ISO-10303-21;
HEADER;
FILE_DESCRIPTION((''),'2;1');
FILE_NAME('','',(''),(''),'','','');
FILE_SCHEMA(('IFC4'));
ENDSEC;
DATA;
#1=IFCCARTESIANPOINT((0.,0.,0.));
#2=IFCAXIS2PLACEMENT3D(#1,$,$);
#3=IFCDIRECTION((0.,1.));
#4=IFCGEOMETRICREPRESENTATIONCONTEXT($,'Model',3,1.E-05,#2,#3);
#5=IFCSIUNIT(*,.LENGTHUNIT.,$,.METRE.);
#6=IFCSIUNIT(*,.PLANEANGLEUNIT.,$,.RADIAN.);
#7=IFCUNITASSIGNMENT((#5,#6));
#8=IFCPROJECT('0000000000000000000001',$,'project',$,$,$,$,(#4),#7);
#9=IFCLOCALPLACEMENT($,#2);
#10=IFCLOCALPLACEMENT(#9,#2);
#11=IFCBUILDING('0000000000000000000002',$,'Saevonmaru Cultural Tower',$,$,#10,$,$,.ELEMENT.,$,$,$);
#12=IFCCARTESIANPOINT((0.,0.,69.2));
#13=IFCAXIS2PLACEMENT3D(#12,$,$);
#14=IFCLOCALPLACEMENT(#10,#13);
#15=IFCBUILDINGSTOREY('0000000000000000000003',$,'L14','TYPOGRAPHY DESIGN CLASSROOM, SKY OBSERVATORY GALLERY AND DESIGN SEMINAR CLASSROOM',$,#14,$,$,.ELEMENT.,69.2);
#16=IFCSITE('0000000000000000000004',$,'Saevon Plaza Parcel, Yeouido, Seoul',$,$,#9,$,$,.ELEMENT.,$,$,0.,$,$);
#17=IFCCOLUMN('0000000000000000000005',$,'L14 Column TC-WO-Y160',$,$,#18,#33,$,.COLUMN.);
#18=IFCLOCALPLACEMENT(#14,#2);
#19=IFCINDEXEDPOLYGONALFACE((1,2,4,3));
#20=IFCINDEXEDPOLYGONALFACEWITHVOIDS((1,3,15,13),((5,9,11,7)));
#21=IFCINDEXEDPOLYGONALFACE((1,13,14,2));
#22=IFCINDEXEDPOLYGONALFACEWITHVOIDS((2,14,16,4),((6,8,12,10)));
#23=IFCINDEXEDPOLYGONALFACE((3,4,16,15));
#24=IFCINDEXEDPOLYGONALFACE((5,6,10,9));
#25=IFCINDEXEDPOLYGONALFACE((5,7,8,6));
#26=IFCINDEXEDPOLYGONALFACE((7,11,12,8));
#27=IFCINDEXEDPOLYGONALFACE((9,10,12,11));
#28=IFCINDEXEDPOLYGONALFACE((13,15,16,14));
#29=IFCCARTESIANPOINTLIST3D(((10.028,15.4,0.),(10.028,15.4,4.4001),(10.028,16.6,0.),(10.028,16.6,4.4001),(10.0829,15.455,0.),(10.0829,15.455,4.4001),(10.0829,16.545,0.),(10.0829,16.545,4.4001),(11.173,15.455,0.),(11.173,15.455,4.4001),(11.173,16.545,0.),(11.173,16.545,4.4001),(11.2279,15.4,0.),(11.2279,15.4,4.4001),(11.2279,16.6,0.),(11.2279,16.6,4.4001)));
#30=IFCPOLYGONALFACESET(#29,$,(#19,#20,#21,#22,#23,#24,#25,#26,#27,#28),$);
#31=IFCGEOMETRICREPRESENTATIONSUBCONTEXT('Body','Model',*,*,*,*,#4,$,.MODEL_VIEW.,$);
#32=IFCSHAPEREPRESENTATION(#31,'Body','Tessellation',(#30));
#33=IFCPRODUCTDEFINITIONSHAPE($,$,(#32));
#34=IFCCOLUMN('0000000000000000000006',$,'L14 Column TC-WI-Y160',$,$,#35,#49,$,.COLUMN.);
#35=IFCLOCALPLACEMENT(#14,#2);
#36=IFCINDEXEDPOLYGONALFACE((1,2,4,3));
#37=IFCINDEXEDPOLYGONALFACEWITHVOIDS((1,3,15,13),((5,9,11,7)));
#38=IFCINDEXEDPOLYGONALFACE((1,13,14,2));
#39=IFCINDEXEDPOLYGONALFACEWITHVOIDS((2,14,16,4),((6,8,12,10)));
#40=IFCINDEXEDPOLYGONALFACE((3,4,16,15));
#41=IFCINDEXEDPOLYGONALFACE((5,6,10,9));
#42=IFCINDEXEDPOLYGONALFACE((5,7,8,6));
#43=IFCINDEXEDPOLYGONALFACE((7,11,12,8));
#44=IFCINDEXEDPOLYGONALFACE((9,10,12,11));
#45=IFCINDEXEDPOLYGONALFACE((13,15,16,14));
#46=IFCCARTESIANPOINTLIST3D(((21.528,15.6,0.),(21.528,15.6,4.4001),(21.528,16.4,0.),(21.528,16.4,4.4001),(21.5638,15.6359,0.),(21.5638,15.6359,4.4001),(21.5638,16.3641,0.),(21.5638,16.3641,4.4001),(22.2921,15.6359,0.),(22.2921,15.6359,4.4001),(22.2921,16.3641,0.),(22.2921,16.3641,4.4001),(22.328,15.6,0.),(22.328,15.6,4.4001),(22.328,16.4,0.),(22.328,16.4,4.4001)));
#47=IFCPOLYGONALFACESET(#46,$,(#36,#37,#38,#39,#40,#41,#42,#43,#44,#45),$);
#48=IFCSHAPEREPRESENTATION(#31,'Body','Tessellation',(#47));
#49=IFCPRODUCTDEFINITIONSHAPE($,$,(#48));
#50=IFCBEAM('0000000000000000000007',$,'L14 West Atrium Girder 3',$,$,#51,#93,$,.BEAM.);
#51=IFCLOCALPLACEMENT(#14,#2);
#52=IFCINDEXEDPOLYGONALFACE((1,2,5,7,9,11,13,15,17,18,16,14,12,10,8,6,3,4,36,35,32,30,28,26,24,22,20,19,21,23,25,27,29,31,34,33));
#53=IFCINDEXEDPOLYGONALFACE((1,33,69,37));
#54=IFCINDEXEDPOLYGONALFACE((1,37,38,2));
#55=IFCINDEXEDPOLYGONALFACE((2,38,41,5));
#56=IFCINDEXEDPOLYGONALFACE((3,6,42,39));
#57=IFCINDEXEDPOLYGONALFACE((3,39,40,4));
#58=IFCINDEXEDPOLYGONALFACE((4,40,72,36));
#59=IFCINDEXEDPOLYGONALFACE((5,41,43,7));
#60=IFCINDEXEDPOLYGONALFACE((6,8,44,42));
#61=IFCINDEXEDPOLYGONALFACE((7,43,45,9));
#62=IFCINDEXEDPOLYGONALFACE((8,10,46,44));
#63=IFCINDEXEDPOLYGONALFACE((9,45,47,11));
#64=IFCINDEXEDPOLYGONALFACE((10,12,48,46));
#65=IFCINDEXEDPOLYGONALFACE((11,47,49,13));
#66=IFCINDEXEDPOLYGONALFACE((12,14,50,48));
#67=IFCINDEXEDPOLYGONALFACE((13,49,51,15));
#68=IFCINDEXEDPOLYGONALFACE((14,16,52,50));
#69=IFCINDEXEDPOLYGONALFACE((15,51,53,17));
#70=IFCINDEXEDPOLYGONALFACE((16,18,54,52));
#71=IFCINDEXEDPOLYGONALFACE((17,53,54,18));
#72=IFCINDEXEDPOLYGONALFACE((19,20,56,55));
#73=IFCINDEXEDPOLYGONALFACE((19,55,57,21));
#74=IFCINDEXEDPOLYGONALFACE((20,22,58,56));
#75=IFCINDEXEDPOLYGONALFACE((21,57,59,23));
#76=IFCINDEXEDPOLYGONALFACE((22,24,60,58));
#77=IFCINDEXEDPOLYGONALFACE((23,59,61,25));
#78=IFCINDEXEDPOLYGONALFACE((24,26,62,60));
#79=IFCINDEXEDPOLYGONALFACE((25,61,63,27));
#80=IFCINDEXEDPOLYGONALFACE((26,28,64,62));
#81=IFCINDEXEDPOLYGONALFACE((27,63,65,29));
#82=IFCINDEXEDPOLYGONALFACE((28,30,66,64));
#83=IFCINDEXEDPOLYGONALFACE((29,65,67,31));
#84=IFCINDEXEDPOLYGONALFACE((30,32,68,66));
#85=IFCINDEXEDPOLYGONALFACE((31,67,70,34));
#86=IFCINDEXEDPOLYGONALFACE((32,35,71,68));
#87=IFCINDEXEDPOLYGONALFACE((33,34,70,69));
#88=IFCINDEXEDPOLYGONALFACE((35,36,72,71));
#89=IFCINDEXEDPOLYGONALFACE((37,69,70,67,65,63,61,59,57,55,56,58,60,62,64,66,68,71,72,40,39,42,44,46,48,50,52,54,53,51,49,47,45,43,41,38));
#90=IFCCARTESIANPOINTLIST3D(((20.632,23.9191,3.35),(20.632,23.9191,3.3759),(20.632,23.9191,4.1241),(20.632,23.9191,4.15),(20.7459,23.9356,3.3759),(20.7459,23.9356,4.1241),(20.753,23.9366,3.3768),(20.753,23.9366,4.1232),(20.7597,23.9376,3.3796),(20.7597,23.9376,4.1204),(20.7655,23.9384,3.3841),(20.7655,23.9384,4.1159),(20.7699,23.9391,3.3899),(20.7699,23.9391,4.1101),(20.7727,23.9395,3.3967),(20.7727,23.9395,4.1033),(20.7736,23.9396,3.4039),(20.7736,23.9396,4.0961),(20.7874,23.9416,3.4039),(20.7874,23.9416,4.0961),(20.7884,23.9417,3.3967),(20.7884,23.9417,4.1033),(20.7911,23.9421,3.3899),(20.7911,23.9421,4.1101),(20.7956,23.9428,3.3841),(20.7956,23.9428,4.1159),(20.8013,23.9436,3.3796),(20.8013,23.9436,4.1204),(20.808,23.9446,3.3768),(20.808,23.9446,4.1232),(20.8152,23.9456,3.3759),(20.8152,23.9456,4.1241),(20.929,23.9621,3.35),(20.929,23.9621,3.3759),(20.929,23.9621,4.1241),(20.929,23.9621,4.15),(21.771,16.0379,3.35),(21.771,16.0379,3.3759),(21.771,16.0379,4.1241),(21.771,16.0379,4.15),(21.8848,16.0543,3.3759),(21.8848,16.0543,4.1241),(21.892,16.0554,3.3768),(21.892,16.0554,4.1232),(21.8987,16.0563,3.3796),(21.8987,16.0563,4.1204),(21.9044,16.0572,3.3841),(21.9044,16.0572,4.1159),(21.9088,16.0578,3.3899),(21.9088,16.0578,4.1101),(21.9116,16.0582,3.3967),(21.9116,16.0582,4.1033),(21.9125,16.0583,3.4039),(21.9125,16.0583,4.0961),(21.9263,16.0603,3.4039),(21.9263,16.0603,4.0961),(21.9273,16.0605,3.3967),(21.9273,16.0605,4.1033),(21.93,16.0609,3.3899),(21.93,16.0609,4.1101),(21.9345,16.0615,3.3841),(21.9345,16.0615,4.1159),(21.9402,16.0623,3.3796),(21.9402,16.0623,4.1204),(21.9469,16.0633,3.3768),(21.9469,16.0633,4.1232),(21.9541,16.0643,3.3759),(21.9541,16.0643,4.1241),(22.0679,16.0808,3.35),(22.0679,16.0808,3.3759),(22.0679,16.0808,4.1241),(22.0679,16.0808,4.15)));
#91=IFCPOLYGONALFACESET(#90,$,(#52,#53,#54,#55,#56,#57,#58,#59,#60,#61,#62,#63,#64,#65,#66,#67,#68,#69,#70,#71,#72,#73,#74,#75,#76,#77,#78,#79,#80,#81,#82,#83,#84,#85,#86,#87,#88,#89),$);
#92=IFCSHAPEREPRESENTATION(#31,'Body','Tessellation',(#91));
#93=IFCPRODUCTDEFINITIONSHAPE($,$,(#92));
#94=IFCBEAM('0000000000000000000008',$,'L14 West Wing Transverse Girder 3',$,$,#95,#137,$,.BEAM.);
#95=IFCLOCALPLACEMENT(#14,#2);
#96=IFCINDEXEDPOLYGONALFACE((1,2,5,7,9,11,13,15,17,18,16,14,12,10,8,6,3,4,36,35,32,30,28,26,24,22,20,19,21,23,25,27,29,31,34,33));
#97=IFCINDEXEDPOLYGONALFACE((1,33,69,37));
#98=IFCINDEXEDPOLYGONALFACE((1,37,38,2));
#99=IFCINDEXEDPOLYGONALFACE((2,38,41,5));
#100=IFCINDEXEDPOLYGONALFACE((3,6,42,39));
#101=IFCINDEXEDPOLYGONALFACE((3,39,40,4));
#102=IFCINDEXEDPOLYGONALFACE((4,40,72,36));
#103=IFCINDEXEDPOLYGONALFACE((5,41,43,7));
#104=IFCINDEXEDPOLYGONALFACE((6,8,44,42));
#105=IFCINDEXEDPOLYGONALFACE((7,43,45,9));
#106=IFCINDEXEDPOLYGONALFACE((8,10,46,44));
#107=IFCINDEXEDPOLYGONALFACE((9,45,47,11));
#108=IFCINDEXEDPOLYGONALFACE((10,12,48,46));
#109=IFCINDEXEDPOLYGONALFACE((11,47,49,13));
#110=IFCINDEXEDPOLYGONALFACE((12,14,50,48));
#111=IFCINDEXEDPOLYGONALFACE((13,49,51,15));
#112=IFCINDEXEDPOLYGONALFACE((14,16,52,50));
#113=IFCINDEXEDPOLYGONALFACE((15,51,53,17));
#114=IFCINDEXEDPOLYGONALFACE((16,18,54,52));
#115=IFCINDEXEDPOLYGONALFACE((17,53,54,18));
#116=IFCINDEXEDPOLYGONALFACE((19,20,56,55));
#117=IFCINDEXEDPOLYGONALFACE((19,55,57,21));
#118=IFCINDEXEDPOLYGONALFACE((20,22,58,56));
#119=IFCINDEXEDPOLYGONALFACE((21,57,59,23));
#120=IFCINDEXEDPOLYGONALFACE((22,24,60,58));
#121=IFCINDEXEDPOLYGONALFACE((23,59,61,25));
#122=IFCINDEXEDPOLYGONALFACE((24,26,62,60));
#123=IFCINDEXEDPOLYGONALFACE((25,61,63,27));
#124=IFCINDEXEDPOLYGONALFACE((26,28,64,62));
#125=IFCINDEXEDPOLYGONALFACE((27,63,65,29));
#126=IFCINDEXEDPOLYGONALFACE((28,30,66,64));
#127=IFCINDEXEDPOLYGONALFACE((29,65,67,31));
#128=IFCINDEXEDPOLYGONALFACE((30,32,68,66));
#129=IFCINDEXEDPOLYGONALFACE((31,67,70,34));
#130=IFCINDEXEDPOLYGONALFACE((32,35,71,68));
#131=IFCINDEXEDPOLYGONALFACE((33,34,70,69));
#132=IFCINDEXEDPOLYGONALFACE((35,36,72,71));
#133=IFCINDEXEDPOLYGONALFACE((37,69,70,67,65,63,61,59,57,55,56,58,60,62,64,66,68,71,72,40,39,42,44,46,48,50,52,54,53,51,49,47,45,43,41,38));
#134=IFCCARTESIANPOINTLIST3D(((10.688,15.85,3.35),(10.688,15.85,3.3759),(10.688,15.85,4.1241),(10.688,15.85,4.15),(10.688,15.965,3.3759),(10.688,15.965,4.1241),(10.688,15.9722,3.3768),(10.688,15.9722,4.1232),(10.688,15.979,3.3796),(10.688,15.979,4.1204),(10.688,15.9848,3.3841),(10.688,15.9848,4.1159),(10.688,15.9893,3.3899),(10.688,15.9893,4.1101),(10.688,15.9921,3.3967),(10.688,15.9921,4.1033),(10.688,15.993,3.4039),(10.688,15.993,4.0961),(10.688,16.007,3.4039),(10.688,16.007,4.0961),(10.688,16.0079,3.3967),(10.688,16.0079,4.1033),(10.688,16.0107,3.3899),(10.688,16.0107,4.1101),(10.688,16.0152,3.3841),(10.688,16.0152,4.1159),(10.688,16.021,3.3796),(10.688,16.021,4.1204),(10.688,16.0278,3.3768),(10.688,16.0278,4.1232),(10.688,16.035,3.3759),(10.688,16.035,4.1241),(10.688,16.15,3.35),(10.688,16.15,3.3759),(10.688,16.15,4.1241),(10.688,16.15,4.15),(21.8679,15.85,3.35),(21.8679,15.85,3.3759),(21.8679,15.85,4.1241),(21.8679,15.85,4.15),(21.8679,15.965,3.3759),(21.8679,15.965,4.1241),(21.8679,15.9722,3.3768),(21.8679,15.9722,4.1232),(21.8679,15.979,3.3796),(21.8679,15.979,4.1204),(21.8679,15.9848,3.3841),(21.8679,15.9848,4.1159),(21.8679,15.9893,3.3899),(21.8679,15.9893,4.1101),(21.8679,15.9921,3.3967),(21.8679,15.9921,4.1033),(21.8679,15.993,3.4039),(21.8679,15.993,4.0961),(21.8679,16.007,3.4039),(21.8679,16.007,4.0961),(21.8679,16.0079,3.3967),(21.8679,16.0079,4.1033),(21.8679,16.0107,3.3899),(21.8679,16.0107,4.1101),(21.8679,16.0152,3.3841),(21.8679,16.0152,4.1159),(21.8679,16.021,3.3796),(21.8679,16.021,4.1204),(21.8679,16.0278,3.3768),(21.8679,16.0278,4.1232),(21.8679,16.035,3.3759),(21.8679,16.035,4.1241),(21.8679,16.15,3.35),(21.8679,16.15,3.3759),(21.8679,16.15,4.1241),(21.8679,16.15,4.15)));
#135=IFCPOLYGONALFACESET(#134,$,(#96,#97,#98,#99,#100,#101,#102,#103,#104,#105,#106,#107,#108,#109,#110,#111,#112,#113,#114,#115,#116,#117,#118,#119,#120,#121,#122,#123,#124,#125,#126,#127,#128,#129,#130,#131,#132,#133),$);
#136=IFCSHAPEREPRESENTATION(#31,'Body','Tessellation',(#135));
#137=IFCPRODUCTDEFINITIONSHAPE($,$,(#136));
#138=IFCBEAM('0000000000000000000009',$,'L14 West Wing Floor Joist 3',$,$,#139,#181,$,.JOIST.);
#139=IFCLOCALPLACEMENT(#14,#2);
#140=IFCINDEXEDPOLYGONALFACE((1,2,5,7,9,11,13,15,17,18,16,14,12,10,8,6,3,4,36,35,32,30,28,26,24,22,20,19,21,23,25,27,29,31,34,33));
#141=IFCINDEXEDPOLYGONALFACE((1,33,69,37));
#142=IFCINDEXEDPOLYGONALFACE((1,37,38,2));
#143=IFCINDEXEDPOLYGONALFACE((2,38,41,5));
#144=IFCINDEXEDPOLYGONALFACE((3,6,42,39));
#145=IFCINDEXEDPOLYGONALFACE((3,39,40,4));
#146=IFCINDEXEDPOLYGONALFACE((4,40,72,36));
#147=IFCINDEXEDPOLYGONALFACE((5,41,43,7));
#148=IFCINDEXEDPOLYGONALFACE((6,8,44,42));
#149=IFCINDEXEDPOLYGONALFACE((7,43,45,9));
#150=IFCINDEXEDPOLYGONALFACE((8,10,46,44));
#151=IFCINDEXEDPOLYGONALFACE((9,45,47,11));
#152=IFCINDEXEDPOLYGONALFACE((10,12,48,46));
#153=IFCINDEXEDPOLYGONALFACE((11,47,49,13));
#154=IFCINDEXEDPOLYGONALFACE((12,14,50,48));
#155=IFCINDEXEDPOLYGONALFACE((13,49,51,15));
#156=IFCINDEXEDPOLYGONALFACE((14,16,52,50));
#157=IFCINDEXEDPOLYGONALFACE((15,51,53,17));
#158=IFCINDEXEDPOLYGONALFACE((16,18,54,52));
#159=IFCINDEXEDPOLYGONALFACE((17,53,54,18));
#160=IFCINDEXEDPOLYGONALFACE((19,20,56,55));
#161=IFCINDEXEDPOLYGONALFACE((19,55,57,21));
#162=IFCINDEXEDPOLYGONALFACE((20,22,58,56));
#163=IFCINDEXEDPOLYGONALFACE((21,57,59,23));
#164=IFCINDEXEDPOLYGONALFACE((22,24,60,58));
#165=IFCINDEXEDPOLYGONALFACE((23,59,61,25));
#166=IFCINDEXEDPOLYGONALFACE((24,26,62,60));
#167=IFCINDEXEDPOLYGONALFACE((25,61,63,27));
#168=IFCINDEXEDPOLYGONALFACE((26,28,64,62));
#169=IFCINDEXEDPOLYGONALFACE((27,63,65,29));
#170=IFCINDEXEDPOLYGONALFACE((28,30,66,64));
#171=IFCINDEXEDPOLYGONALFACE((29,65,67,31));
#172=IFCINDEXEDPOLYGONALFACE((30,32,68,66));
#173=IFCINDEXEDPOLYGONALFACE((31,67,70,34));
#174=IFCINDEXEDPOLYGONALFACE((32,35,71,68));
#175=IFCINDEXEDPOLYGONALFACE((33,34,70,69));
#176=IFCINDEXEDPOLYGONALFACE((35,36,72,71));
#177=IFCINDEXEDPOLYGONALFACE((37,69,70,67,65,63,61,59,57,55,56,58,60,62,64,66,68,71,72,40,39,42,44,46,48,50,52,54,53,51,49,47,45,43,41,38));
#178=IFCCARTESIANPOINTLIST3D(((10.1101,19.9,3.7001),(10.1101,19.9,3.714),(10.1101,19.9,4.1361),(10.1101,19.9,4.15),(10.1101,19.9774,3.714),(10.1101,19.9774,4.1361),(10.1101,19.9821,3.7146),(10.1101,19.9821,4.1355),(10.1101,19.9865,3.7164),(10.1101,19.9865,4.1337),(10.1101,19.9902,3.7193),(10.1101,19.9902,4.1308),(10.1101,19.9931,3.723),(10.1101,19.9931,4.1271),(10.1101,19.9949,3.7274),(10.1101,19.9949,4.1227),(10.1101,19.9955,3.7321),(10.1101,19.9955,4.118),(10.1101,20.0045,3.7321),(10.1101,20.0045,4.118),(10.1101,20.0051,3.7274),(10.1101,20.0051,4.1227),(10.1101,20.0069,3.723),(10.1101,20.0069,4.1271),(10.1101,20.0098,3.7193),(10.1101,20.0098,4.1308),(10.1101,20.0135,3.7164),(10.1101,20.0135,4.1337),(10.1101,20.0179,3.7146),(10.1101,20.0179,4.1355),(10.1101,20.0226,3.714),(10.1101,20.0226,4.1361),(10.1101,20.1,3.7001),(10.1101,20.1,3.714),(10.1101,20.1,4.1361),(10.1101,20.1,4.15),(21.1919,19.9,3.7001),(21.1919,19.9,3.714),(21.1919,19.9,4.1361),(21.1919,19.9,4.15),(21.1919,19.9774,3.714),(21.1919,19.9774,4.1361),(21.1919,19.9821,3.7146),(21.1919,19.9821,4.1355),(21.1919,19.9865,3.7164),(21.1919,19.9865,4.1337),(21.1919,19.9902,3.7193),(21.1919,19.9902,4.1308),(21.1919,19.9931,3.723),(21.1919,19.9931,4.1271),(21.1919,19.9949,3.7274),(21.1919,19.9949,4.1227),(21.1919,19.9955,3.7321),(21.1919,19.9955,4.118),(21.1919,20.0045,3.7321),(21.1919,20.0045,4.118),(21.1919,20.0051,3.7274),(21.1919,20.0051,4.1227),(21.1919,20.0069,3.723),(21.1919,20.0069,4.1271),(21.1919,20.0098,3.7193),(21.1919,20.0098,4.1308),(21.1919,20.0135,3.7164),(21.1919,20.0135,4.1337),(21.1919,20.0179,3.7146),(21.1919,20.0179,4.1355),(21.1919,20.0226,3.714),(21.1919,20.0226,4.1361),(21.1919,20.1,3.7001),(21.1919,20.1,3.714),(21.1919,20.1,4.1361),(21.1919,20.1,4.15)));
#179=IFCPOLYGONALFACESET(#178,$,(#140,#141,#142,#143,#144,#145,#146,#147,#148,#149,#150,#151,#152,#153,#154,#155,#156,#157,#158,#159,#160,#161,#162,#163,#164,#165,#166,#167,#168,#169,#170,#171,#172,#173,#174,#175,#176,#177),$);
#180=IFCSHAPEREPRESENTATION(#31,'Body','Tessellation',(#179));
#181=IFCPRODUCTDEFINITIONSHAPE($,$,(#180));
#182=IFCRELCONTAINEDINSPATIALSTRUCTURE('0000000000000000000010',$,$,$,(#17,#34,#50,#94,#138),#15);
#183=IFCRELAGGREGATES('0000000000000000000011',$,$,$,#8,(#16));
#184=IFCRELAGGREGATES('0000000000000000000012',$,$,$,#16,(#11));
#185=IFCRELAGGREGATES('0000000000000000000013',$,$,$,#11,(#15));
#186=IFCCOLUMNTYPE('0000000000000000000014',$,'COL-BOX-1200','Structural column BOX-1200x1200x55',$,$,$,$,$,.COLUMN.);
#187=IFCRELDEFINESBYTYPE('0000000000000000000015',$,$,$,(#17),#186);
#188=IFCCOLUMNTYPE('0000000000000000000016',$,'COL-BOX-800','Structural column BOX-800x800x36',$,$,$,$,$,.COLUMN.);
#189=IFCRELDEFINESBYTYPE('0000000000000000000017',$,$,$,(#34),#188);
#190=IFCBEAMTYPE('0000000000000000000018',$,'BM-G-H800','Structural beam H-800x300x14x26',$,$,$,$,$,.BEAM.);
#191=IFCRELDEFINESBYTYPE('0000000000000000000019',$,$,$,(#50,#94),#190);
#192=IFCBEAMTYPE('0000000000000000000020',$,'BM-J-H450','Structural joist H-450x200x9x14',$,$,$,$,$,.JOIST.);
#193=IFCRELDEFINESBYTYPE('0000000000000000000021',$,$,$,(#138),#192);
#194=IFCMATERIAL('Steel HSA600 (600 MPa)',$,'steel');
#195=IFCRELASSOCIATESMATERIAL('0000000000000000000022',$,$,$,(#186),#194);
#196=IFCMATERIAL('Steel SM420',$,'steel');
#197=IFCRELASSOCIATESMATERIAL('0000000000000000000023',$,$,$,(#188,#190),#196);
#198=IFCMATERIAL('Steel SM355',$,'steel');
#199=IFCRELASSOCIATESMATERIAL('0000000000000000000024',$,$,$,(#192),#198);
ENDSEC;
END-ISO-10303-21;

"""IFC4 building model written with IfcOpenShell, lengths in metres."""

from ifc_helpers import new_model, si_unit, direction, frame, origin, origin_2d, place, context, subcontext, project, spatial, hollow_rectangle, i_section, extrude, material, material_profile, profile_set, type_object, element, save


model = new_model("IFC4")

# Units and contexts
model_context = context("Model", 3, precision=1e-05, world=origin(), true_north=direction((0.0, 1.0)))
body_context = subcontext(model_context, "Body", "Model", "MODEL_VIEW")
ifc_project = project(units=[si_unit("LENGTHUNIT", "METRE"), si_unit("PLANEANGLEUNIT", "RADIAN")], contexts=[model_context])

# Site, building, storey
site_placement = place(None, origin())
site = spatial("IfcSite", under=ifc_project, at=site_placement, Name="Saevon Plaza Parcel, Yeouido, Seoul", CompositionType="ELEMENT", RefElevation=0.0)
building_placement = place(site_placement, origin())
building = spatial("IfcBuilding", under=site, at=building_placement, Name="Saevonmaru Cultural Tower", CompositionType="ELEMENT")
storey_placement = place(building_placement, frame((0.0, 0.0, 69.2)))
storey = spatial("IfcBuildingStorey", under=building, at=storey_placement, Name="L14", Description="TYPOGRAPHY DESIGN CLASSROOM, SKY OBSERVATORY GALLERY AND DESIGN SEMINAR CLASSROOM", CompositionType="ELEMENT", Elevation=69.2)

# Columns
ifc_material_1 = material(Name="Steel HSA600 (600 MPa)", Category="steel")
ifc_material_profile_1 = material_profile(ifc_material_1, hollow_rectangle(XDim=1.2, YDim=1.2, WallThickness=0.0549, at=origin_2d()), Name="BOX-1200x1200x55")
ifc_profile_set_1 = profile_set([ifc_material_profile_1], Name="Steel HSA600 (600 MPa)")
column_type_1 = type_object("IfcColumnType", Name="COL-BOX-1200", Description="Structural column BOX-1200x1200x55", PredefinedType="COLUMN", material=ifc_profile_set_1)
column_1_placement = place(storey_placement, frame((10.6279, 16.0, 0.0), z_axis=(0.0, 0.0, 1.0), x_axis=(1.0, 0.0, 0.0)))
element("IfcColumn", 1, at=column_1_placement, inside=storey, type_object=column_type_1, Name="L14 Column TC-WO-Y160", PredefinedType="COLUMN", context=body_context, shape_type="SweptSolid", body=[
    extrude(hollow_rectangle(XDim=1.2, YDim=1.2, WallThickness=0.0549, at=origin_2d()), origin(), (0.0, 0.0, 1.0), 4.4001),
])
ifc_material_2 = material(Name="Steel SM420", Category="steel")
ifc_material_profile_2 = material_profile(ifc_material_2, hollow_rectangle(XDim=0.8, YDim=0.8, WallThickness=0.0359, at=origin_2d()), Name="BOX-800x800x36")
ifc_profile_set_2 = profile_set([ifc_material_profile_2], Name="Steel SM420")
column_type_2 = type_object("IfcColumnType", Name="COL-BOX-800", Description="Structural column BOX-800x800x36", PredefinedType="COLUMN", material=ifc_profile_set_2)
column_2_placement = place(storey_placement, frame((21.928, 16.0, 0.0), z_axis=(0.0, 0.0, 1.0), x_axis=(1.0, 0.0, 0.0)))
element("IfcColumn", 2, at=column_2_placement, inside=storey, type_object=column_type_2, Name="L14 Column TC-WI-Y160", PredefinedType="COLUMN", context=body_context, shape_type="SweptSolid", body=[
    extrude(hollow_rectangle(XDim=0.8, YDim=0.8, WallThickness=0.0359, at=origin_2d()), origin(), (0.0, 0.0, 1.0), 4.4001),
])

# Beams
ifc_material_profile_3 = material_profile(ifc_material_2, i_section(OverallWidth=0.3, OverallDepth=0.8, WebThickness=0.0139, FlangeThickness=0.0259, FilletRadius=0.0281, at=origin_2d()), Name="H-800x300x14x26")
ifc_profile_set_3 = profile_set([ifc_material_profile_3], Name="Steel SM420")
beam_type_1 = type_object("IfcBeamType", Name="BM-G-H800", Description="Structural beam H-800x300x14x26", PredefinedType="BEAM", material=ifc_profile_set_3)
beam_1_placement = place(storey_placement, frame((21.9194, 16.0593, 3.75), z_axis=(-0.143022, 0.989719, 0.0), x_axis=(-0.989719, -0.143022, 0.0)))
element("IfcBeam", 3, at=beam_1_placement, inside=storey, type_object=beam_type_1, Name="L14 West Atrium Girder 3", PredefinedType="BEAM", context=body_context, shape_type="SweptSolid", body=[
    extrude(i_section(OverallWidth=0.3, OverallDepth=0.8, WebThickness=0.0139, FlangeThickness=0.0259, FilletRadius=0.0281, at=origin_2d()), origin(), (0.0, 0.0, 1.0), 7.9631),
])
beam_2_placement = place(storey_placement, frame((10.688, 16.0, 3.75), z_axis=(1.0, 0.0, 0.0), x_axis=(0.0, 1.0, 0.0)))
element("IfcBeam", 4, at=beam_2_placement, inside=storey, type_object=beam_type_1, Name="L14 West Wing Transverse Girder 3", PredefinedType="BEAM", context=body_context, shape_type="SweptSolid", body=[
    extrude(i_section(OverallWidth=0.3, OverallDepth=0.8, WebThickness=0.0139, FlangeThickness=0.0259, FilletRadius=0.0281, at=origin_2d()), origin(), (0.0, 0.0, 1.0), 11.1799),
])
ifc_material_3 = material(Name="Steel SM355", Category="steel")
ifc_material_profile_4 = material_profile(ifc_material_3, i_section(OverallWidth=0.2, OverallDepth=0.45, WebThickness=0.009, FlangeThickness=0.0139, FilletRadius=0.0181, at=origin_2d()), Name="H-450x200x9x14")
ifc_profile_set_4 = profile_set([ifc_material_profile_4], Name="Steel SM355")
beam_type_2 = type_object("IfcBeamType", Name="BM-J-H450", Description="Structural joist H-450x200x9x14", PredefinedType="JOIST", material=ifc_profile_set_4)
beam_3_placement = place(storey_placement, frame((10.1101, 20.0, 3.925), z_axis=(1.0, 0.0, 0.0), x_axis=(0.0, 1.0, 0.0)))
element("IfcBeam", 5, at=beam_3_placement, inside=storey, type_object=beam_type_2, Name="L14 West Wing Floor Joist 3", PredefinedType="JOIST", context=body_context, shape_type="SweptSolid", body=[
    extrude(i_section(OverallWidth=0.2, OverallDepth=0.45, WebThickness=0.009, FlangeThickness=0.0139, FilletRadius=0.0181, at=origin_2d()), origin(), (0.0, 0.0, 1.0), 11.0818),
])

save(model, "model.ifc")
